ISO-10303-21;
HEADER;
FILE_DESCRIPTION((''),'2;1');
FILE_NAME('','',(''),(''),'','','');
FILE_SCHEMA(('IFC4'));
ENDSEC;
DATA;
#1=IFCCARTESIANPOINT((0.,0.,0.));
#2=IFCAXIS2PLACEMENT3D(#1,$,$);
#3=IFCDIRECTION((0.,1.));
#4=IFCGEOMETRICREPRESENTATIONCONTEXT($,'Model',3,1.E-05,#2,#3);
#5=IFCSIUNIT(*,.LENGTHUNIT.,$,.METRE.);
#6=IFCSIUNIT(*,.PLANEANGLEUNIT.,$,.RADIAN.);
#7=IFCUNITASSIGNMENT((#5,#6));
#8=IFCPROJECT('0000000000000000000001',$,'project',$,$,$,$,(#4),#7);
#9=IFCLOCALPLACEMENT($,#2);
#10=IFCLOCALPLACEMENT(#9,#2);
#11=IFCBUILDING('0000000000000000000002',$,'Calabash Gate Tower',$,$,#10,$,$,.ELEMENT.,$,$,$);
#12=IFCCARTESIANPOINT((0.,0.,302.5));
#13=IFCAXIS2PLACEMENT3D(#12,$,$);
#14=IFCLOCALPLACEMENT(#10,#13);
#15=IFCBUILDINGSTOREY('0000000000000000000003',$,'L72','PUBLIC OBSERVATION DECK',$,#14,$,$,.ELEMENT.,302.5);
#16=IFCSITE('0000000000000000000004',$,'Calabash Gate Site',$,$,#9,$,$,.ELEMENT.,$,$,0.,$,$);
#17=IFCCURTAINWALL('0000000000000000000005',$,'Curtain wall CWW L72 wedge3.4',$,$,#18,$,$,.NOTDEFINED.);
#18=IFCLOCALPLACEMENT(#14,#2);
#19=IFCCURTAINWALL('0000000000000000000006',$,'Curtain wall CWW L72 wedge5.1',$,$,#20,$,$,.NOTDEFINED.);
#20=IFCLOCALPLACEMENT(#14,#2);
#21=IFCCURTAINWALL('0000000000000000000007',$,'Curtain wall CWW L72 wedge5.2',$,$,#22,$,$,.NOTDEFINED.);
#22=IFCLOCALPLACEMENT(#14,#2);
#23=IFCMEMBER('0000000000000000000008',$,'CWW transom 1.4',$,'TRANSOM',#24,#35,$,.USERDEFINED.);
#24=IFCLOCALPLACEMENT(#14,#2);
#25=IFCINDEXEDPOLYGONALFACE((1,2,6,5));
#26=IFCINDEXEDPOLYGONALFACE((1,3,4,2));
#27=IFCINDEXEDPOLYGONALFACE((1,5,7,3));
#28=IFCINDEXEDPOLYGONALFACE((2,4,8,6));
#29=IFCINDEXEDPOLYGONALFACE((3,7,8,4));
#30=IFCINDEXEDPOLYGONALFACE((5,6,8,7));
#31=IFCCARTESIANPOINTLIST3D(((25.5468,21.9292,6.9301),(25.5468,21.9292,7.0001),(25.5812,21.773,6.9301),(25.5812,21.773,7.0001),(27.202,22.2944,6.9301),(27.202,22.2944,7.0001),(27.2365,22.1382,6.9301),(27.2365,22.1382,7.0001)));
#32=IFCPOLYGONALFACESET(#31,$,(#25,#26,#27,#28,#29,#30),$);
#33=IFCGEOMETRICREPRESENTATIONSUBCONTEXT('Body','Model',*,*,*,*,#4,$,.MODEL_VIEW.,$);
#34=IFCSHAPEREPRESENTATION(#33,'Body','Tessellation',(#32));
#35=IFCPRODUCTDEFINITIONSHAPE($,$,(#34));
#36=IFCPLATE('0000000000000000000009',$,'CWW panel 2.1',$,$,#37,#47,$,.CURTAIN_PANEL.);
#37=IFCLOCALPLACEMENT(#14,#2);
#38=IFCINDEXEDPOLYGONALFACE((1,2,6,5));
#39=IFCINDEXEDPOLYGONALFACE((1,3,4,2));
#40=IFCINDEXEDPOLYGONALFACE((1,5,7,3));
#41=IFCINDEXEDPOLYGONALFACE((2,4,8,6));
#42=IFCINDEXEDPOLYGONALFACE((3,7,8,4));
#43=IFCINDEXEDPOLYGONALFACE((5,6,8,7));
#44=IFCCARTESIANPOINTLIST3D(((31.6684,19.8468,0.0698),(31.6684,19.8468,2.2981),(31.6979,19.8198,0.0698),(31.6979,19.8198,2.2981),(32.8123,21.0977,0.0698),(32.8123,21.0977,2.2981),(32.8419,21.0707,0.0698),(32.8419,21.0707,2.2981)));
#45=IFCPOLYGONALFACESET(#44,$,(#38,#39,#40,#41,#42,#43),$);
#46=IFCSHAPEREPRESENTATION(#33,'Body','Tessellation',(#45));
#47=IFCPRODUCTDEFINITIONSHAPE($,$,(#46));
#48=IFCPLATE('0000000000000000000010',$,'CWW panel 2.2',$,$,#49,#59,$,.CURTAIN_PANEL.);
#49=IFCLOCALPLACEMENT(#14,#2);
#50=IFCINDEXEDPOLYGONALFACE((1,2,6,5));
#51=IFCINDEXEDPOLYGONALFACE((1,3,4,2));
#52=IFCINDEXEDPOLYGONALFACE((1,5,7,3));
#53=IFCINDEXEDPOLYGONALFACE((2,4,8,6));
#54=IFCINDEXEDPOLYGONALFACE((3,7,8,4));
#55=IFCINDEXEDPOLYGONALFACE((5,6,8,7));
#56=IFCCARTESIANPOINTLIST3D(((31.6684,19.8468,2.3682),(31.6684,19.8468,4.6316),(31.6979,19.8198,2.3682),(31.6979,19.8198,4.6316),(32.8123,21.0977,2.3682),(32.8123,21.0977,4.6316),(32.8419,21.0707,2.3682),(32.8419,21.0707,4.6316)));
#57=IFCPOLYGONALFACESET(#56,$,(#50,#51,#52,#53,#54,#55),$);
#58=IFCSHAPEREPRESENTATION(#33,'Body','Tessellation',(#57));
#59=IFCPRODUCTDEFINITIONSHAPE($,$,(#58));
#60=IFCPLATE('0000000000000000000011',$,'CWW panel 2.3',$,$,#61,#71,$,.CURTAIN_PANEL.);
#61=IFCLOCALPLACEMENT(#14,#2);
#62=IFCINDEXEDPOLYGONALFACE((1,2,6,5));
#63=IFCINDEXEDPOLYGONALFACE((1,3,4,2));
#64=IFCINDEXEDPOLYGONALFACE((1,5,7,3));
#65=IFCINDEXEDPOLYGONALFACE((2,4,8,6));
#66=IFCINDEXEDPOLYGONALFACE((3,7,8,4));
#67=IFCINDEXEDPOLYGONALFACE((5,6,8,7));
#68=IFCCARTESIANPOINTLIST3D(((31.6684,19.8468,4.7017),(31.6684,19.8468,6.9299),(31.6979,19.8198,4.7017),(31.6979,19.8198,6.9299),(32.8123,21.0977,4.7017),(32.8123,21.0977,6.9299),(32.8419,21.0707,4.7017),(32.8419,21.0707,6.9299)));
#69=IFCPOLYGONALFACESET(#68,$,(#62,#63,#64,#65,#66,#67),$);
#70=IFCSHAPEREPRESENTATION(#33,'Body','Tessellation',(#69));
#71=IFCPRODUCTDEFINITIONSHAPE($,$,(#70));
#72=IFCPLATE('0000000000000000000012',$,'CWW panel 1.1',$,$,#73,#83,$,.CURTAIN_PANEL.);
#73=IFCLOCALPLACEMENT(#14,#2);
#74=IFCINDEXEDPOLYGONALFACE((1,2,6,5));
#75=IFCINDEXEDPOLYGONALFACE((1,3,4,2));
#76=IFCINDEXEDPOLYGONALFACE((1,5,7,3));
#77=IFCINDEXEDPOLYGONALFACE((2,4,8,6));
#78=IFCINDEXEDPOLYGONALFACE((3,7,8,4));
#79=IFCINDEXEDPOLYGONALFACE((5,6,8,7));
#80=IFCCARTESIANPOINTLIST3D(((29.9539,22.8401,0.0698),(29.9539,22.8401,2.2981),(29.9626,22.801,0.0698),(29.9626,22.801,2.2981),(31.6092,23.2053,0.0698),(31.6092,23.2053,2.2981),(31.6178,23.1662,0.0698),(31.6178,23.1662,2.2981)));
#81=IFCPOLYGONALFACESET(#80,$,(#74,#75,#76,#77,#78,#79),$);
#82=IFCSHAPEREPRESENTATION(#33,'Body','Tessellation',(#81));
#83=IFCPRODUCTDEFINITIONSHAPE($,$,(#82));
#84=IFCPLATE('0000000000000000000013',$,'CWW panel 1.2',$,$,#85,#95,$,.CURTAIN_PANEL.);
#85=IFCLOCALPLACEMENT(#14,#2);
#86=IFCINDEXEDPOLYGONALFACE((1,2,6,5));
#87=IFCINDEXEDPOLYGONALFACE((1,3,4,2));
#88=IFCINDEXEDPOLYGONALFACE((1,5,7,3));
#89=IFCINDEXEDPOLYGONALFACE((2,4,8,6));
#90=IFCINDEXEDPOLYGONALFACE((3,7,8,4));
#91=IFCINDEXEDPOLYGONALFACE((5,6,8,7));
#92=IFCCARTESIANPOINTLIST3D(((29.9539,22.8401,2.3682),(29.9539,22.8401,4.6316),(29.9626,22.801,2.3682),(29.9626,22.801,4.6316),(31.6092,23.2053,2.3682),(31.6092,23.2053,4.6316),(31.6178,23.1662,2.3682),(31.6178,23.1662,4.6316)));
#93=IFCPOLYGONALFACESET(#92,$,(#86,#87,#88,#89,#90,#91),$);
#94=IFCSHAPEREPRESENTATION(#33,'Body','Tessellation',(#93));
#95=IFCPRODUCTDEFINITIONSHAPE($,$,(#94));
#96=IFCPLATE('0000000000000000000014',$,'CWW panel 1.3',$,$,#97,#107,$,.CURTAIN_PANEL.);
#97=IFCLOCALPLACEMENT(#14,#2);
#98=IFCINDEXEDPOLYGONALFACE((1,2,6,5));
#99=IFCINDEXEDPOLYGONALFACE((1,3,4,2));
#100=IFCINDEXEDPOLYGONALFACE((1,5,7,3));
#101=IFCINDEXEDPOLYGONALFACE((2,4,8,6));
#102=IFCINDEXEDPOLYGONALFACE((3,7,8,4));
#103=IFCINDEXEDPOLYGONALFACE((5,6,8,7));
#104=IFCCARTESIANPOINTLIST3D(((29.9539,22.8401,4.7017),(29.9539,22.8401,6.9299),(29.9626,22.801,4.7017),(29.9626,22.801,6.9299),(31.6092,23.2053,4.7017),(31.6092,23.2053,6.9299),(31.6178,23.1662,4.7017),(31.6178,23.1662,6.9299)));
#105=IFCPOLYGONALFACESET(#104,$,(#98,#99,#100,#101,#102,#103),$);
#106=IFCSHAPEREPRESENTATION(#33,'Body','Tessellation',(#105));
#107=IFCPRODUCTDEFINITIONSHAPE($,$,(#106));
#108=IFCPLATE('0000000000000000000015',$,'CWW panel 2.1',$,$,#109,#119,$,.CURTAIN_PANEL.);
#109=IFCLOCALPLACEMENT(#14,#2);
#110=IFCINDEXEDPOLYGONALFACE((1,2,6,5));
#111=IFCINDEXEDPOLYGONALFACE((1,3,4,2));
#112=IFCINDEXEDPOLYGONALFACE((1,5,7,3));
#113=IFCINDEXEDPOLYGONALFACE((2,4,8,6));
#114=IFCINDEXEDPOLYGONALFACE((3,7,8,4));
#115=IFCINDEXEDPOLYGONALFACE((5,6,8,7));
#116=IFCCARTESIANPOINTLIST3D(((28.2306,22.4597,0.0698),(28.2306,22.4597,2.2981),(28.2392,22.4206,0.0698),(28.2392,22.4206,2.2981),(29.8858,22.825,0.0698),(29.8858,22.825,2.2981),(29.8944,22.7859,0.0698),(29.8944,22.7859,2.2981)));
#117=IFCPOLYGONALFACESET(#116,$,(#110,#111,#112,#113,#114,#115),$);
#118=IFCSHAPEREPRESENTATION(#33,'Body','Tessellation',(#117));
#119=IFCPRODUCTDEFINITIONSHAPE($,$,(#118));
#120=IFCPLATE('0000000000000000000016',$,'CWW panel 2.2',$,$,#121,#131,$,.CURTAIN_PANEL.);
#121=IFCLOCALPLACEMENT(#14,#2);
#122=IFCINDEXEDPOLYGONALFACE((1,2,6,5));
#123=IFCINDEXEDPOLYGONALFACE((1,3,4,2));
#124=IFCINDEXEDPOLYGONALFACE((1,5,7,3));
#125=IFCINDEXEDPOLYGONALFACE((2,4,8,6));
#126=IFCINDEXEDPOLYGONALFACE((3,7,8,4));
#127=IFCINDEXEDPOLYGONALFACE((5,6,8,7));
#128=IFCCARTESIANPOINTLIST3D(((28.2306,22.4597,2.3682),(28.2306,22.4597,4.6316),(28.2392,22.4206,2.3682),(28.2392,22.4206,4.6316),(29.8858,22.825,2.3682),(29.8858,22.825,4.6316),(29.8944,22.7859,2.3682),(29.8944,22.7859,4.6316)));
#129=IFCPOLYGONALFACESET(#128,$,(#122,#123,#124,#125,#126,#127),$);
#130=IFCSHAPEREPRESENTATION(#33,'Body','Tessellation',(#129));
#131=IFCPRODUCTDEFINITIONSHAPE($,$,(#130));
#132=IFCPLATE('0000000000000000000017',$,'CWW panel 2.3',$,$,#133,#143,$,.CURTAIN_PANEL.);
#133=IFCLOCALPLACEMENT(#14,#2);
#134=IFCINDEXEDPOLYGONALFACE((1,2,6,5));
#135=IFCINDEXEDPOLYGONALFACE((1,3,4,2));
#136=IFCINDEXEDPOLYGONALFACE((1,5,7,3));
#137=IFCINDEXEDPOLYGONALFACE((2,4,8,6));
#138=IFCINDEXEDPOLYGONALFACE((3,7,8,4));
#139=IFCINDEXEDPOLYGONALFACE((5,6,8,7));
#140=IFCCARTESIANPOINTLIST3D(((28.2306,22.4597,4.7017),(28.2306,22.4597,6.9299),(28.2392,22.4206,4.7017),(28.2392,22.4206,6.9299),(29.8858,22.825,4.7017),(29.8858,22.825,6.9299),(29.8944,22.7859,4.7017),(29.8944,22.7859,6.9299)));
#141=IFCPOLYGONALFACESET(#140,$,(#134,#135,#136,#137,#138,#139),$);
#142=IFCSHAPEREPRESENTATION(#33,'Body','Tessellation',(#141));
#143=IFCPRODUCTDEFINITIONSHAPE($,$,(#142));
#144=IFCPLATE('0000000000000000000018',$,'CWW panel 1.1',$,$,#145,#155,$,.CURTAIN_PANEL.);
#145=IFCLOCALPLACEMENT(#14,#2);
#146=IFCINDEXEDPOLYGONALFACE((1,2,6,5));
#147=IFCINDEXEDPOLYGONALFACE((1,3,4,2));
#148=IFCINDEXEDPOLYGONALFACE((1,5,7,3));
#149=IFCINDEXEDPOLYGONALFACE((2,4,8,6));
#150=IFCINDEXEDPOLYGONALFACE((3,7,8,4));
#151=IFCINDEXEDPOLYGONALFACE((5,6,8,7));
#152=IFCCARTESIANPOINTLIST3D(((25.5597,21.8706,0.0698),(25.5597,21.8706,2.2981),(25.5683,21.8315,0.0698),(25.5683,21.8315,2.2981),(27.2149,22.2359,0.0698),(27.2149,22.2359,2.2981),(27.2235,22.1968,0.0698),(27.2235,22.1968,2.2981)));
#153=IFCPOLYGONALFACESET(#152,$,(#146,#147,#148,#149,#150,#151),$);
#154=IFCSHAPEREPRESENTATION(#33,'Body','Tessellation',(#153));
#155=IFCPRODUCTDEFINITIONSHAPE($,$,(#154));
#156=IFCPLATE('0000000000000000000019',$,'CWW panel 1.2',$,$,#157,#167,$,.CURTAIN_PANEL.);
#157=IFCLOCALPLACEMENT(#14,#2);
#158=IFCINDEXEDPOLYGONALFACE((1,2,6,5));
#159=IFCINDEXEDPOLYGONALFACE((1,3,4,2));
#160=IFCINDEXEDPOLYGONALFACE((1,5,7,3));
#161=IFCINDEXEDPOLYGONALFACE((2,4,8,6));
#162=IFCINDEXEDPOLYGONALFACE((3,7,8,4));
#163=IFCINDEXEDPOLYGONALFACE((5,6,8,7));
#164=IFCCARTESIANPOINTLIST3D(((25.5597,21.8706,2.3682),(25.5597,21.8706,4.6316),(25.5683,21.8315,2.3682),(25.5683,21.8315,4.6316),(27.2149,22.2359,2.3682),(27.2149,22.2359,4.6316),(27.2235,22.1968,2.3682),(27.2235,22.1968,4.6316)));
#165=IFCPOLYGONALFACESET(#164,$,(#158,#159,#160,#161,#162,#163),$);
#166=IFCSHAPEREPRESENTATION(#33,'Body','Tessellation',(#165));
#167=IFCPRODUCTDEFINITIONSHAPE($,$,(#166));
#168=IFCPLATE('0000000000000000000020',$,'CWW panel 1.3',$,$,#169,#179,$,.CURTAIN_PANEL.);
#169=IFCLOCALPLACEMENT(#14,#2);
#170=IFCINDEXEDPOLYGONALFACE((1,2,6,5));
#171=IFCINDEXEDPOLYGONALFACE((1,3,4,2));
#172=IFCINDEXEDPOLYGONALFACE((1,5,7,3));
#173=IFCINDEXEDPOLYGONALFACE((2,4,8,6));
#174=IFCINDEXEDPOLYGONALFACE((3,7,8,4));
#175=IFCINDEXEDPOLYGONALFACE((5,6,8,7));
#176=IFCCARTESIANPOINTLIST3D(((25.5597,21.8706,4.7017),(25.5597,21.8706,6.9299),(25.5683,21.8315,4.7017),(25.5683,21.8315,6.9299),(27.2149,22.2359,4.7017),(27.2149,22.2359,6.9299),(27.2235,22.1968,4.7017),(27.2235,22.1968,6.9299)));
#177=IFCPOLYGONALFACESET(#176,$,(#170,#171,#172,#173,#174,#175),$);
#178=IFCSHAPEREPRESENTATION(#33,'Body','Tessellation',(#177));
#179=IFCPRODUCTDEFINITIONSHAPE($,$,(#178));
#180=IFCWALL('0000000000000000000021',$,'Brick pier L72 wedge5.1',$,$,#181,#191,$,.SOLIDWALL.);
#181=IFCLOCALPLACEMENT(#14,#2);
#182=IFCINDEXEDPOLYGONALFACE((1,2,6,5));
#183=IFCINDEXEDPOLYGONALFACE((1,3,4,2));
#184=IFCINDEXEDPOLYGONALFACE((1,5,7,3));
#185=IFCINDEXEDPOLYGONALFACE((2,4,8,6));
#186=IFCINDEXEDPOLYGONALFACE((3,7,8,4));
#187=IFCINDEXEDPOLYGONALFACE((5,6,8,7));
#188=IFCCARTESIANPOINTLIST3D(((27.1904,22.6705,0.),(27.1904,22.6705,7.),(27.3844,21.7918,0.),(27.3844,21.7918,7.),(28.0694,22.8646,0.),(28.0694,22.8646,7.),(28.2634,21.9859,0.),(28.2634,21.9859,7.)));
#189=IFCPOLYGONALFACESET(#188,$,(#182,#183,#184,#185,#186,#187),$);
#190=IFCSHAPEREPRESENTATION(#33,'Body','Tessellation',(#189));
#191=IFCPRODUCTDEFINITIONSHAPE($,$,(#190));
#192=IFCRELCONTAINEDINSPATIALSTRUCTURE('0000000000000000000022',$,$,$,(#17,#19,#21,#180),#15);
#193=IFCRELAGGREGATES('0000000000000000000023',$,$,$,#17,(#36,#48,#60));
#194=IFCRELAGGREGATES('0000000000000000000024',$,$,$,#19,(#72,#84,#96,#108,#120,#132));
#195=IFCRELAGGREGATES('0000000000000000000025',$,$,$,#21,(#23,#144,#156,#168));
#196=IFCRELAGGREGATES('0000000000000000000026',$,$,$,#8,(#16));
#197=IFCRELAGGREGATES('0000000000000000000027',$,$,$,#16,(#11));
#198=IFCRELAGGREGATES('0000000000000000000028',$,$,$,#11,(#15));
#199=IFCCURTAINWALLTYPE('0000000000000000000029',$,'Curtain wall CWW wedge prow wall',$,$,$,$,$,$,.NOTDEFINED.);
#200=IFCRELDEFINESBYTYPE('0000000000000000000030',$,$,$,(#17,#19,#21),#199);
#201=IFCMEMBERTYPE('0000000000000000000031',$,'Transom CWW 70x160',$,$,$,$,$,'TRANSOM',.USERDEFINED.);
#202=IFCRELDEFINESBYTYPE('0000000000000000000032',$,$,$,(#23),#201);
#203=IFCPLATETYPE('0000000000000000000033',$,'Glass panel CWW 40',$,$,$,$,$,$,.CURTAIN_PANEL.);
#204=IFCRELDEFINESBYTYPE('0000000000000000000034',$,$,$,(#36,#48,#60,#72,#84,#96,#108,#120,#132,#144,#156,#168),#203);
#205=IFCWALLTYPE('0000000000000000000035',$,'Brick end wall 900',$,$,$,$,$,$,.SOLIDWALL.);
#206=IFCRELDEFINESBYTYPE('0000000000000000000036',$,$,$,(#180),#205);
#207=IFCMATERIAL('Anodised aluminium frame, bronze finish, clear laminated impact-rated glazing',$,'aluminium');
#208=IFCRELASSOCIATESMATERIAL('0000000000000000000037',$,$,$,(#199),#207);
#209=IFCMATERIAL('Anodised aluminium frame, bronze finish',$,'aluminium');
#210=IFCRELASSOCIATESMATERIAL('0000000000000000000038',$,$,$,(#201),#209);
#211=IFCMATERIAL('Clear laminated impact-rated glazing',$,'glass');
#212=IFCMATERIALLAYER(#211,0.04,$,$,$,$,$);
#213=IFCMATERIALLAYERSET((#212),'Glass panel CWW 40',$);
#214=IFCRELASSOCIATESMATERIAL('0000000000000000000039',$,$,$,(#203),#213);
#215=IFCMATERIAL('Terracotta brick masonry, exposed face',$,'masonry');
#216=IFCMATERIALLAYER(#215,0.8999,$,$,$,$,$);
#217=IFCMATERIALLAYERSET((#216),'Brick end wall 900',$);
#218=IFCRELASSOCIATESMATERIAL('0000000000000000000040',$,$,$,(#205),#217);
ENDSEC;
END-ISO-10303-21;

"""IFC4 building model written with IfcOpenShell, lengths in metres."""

from ifc_helpers import new_model, si_unit, direction, frame, frame_2d, origin, origin_2d, place, context, subcontext, project, spatial, rectangle, extrude, material, layer, layer_set, material_profile, profile_set, type_object, element, aggregate, save


model = new_model("IFC4")

# Units and contexts
model_context = context("Model", 3, precision=1e-05, world=origin(), true_north=direction((0.0, 1.0)))
body_context = subcontext(model_context, "Body", "Model", "MODEL_VIEW")
ifc_project = project(units=[si_unit("LENGTHUNIT", "METRE"), si_unit("PLANEANGLEUNIT", "RADIAN")], contexts=[model_context])

# Site, building, storey
site_placement = place(None, origin())
site = spatial("IfcSite", under=ifc_project, at=site_placement, Name="Calabash Gate Site", CompositionType="ELEMENT", RefElevation=0.0)
building_placement = place(site_placement, origin())
building = spatial("IfcBuilding", under=site, at=building_placement, Name="Calabash Gate Tower", CompositionType="ELEMENT")
storey_placement = place(building_placement, frame((0.0, 0.0, 302.5)))
storey = spatial("IfcBuildingStorey", under=building, at=storey_placement, Name="L72", Description="PUBLIC OBSERVATION DECK", CompositionType="ELEMENT", Elevation=302.5)

# Curtain wall
ifc_material_1 = material(Name="Anodised aluminium frame, bronze finish, clear laminated impact-rated glazing", Category="aluminium")
curtain_wall_type = type_object("IfcCurtainWallType", Name="Curtain wall CWW wedge prow wall", PredefinedType="NOTDEFINED", material=ifc_material_1)
curtain_wall_1_placement = place(storey_placement, origin())
curtain_wall_1 = element("IfcCurtainWall", 1, at=curtain_wall_1_placement, inside=storey, type_object=curtain_wall_type, Name="Curtain wall CWW L72 wedge3.4", PredefinedType="NOTDEFINED")

# Curtain wall
curtain_wall_2_placement = place(storey_placement, origin())
curtain_wall_2 = element("IfcCurtainWall", 2, at=curtain_wall_2_placement, inside=storey, type_object=curtain_wall_type, Name="Curtain wall CWW L72 wedge5.1", PredefinedType="NOTDEFINED")

# Curtain wall
curtain_wall_3_placement = place(storey_placement, origin())
curtain_wall_3 = element("IfcCurtainWall", 3, at=curtain_wall_3_placement, inside=storey, type_object=curtain_wall_type, Name="Curtain wall CWW L72 wedge5.2", PredefinedType="NOTDEFINED")

# Member
ifc_material_2 = material(Name="Anodised aluminium frame, bronze finish", Category="aluminium")
ifc_material_profile_1 = material_profile(ifc_material_2, rectangle(XDim=0.1599, YDim=0.0701, at=origin_2d()))
ifc_profile_set_1 = profile_set([ifc_material_profile_1], Name="Anodised aluminium frame, bronze finish")
member_type_1 = type_object("IfcMemberType", Name="Transom CWW 70x160", ElementType="TRANSOM", PredefinedType="USERDEFINED", material=ifc_profile_set_1)
member_1_placement = place(storey_placement, frame((27.2192, 22.2163, 6.9651), z_axis=(-0.976511, -0.215466, 0.0), x_axis=(0.215466, -0.976511, 0.0)))
member_1 = element("IfcMember", 4, at=member_1_placement, type_object=member_type_1, Name="CWW transom 1.4", ObjectType="TRANSOM", PredefinedType="USERDEFINED", context=body_context, shape_type="SweptSolid", body=[
    extrude(rectangle(XDim=0.1599, YDim=0.0701, at=origin_2d()), origin(), (0.0, 0.0, 1.0), 1.6951),
])

# Plates
ifc_material_3 = material(Name="Clear laminated impact-rated glazing", Category="glass")
ifc_layer_1 = layer(ifc_material_3, 0.04)
ifc_layer_set_1 = layer_set([ifc_layer_1], Name="Glass panel CWW 40")
plate_type = type_object("IfcPlateType", Name="Glass panel CWW 40", PredefinedType="CURTAIN_PANEL", material=ifc_layer_set_1)
plate_1_placement = place(storey_placement, frame((32.2551, 20.4587, 0.0698), z_axis=(0.0, 0.0, 1.0), x_axis=(0.674856, 0.737949, 0.0)))
plate_1 = element("IfcPlate", 5, at=plate_1_placement, type_object=plate_type, Name="CWW panel 2.1", PredefinedType="CURTAIN_PANEL", context=body_context, shape_type="SweptSolid", body=[
    extrude(rectangle(XDim=1.6951, YDim=0.04, at=origin_2d()), origin(), (0.0, 0.0, 1.0), 2.2283),
])
plate_2_placement = place(storey_placement, frame((32.2551, 20.4587, 2.3682), z_axis=(0.0, 0.0, 1.0), x_axis=(0.674856, 0.737949, 0.0)))
plate_2 = element("IfcPlate", 6, at=plate_2_placement, type_object=plate_type, Name="CWW panel 2.2", PredefinedType="CURTAIN_PANEL", context=body_context, shape_type="SweptSolid", body=[
    extrude(rectangle(XDim=1.6951, YDim=0.04, at=origin_2d()), origin(), (0.0, 0.0, 1.0), 2.2634),
])
plate_3_placement = place(storey_placement, frame((32.2551, 20.4587, 4.7017), z_axis=(0.0, 0.0, 1.0), x_axis=(0.674856, 0.737949, 0.0)))
plate_3 = element("IfcPlate", 7, at=plate_3_placement, type_object=plate_type, Name="CWW panel 2.3", PredefinedType="CURTAIN_PANEL", context=body_context, shape_type="SweptSolid", body=[
    extrude(rectangle(XDim=1.6951, YDim=0.04, at=origin_2d()), origin(), (0.0, 0.0, 1.0), 2.2283),
])
aggregate(curtain_wall_1, [plate_1, plate_2, plate_3])
plate_4_placement = place(storey_placement, frame((30.7859, 23.0032, 0.0698), z_axis=(0.0, 0.0, 1.0), x_axis=(-0.976511, -0.215468, 0.0)))
plate_4 = element("IfcPlate", 8, at=plate_4_placement, type_object=plate_type, Name="CWW panel 1.1", PredefinedType="CURTAIN_PANEL", context=body_context, shape_type="SweptSolid", body=[
    extrude(rectangle(XDim=1.6951, YDim=0.04, at=origin_2d()), origin(), (0.0, 0.0, 1.0), 2.2283),
])
plate_5_placement = place(storey_placement, frame((30.7859, 23.0032, 2.3682), z_axis=(0.0, 0.0, 1.0), x_axis=(-0.976511, -0.215468, 0.0)))
plate_5 = element("IfcPlate", 9, at=plate_5_placement, type_object=plate_type, Name="CWW panel 1.2", PredefinedType="CURTAIN_PANEL", context=body_context, shape_type="SweptSolid", body=[
    extrude(rectangle(XDim=1.6951, YDim=0.04, at=origin_2d()), origin(), (0.0, 0.0, 1.0), 2.2634),
])
plate_6_placement = place(storey_placement, frame((30.7859, 23.0032, 4.7017), z_axis=(0.0, 0.0, 1.0), x_axis=(-0.976511, -0.215468, 0.0)))
plate_6 = element("IfcPlate", 10, at=plate_6_placement, type_object=plate_type, Name="CWW panel 1.3", PredefinedType="CURTAIN_PANEL", context=body_context, shape_type="SweptSolid", body=[
    extrude(rectangle(XDim=1.6951, YDim=0.04, at=origin_2d()), origin(), (0.0, 0.0, 1.0), 2.2283),
])
plate_7_placement = place(storey_placement, frame((29.0625, 22.6228, 0.0698), z_axis=(0.0, 0.0, 1.0), x_axis=(-0.976511, -0.215468, 0.0)))
plate_7 = element("IfcPlate", 11, at=plate_7_placement, type_object=plate_type, Name="CWW panel 2.1", PredefinedType="CURTAIN_PANEL", context=body_context, shape_type="SweptSolid", body=[
    extrude(rectangle(XDim=1.6951, YDim=0.04, at=origin_2d()), origin(), (0.0, 0.0, 1.0), 2.2283),
])
plate_8_placement = place(storey_placement, frame((29.0625, 22.6228, 2.3682), z_axis=(0.0, 0.0, 1.0), x_axis=(-0.976511, -0.215468, 0.0)))
plate_8 = element("IfcPlate", 12, at=plate_8_placement, type_object=plate_type, Name="CWW panel 2.2", PredefinedType="CURTAIN_PANEL", context=body_context, shape_type="SweptSolid", body=[
    extrude(rectangle(XDim=1.6951, YDim=0.04, at=origin_2d()), origin(), (0.0, 0.0, 1.0), 2.2634),
])
plate_9_placement = place(storey_placement, frame((29.0625, 22.6228, 4.7017), z_axis=(0.0, 0.0, 1.0), x_axis=(-0.976511, -0.215468, 0.0)))
plate_9 = element("IfcPlate", 13, at=plate_9_placement, type_object=plate_type, Name="CWW panel 2.3", PredefinedType="CURTAIN_PANEL", context=body_context, shape_type="SweptSolid", body=[
    extrude(rectangle(XDim=1.6951, YDim=0.04, at=origin_2d()), origin(), (0.0, 0.0, 1.0), 2.2283),
])
aggregate(curtain_wall_2, [plate_4, plate_5, plate_6, plate_7, plate_8, plate_9])
plate_10_placement = place(storey_placement, frame((26.3916, 22.0337, 0.0698), z_axis=(0.0, 0.0, 1.0), x_axis=(-0.976511, -0.215468, 0.0)))
plate_10 = element("IfcPlate", 14, at=plate_10_placement, type_object=plate_type, Name="CWW panel 1.1", PredefinedType="CURTAIN_PANEL", context=body_context, shape_type="SweptSolid", body=[
    extrude(rectangle(XDim=1.6951, YDim=0.04, at=origin_2d()), origin(), (0.0, 0.0, 1.0), 2.2283),
])
plate_11_placement = place(storey_placement, frame((26.3916, 22.0337, 2.3682), z_axis=(0.0, 0.0, 1.0), x_axis=(-0.976511, -0.215468, 0.0)))
plate_11 = element("IfcPlate", 15, at=plate_11_placement, type_object=plate_type, Name="CWW panel 1.2", PredefinedType="CURTAIN_PANEL", context=body_context, shape_type="SweptSolid", body=[
    extrude(rectangle(XDim=1.6951, YDim=0.04, at=origin_2d()), origin(), (0.0, 0.0, 1.0), 2.2634),
])
plate_12_placement = place(storey_placement, frame((26.3916, 22.0337, 4.7017), z_axis=(0.0, 0.0, 1.0), x_axis=(-0.976511, -0.215468, 0.0)))
plate_12 = element("IfcPlate", 16, at=plate_12_placement, type_object=plate_type, Name="CWW panel 1.3", PredefinedType="CURTAIN_PANEL", context=body_context, shape_type="SweptSolid", body=[
    extrude(rectangle(XDim=1.6951, YDim=0.04, at=origin_2d()), origin(), (0.0, 0.0, 1.0), 2.2283),
])
aggregate(curtain_wall_3, [member_1, plate_10, plate_11, plate_12])

# Wall
ifc_material_4 = material(Name="Terracotta brick masonry, exposed face", Category="masonry")
ifc_layer_2 = layer(ifc_material_4, 0.8999)
ifc_layer_set_2 = layer_set([ifc_layer_2], Name="Brick end wall 900")
wall_type = type_object("IfcWallType", Name="Brick end wall 900", PredefinedType="SOLIDWALL", material=ifc_layer_set_2)
wall_placement = place(storey_placement, frame((28.1665, 22.4253, 0.0), z_axis=(0.0, 0.0, 1.0), x_axis=(-0.976473, -0.215638, 0.0)))
element("IfcWall", 17, at=wall_placement, inside=storey, type_object=wall_type, Name="Brick pier L72 wedge5.1", PredefinedType="SOLIDWALL", context=body_context, shape_type="SweptSolid", body=[
    extrude(rectangle(XDim=0.9001, YDim=0.8999, at=frame_2d((0.4502, 0.0))), origin(), (0.0, 0.0, 1.0), 7.0),
])

save(model, "model.ifc")
